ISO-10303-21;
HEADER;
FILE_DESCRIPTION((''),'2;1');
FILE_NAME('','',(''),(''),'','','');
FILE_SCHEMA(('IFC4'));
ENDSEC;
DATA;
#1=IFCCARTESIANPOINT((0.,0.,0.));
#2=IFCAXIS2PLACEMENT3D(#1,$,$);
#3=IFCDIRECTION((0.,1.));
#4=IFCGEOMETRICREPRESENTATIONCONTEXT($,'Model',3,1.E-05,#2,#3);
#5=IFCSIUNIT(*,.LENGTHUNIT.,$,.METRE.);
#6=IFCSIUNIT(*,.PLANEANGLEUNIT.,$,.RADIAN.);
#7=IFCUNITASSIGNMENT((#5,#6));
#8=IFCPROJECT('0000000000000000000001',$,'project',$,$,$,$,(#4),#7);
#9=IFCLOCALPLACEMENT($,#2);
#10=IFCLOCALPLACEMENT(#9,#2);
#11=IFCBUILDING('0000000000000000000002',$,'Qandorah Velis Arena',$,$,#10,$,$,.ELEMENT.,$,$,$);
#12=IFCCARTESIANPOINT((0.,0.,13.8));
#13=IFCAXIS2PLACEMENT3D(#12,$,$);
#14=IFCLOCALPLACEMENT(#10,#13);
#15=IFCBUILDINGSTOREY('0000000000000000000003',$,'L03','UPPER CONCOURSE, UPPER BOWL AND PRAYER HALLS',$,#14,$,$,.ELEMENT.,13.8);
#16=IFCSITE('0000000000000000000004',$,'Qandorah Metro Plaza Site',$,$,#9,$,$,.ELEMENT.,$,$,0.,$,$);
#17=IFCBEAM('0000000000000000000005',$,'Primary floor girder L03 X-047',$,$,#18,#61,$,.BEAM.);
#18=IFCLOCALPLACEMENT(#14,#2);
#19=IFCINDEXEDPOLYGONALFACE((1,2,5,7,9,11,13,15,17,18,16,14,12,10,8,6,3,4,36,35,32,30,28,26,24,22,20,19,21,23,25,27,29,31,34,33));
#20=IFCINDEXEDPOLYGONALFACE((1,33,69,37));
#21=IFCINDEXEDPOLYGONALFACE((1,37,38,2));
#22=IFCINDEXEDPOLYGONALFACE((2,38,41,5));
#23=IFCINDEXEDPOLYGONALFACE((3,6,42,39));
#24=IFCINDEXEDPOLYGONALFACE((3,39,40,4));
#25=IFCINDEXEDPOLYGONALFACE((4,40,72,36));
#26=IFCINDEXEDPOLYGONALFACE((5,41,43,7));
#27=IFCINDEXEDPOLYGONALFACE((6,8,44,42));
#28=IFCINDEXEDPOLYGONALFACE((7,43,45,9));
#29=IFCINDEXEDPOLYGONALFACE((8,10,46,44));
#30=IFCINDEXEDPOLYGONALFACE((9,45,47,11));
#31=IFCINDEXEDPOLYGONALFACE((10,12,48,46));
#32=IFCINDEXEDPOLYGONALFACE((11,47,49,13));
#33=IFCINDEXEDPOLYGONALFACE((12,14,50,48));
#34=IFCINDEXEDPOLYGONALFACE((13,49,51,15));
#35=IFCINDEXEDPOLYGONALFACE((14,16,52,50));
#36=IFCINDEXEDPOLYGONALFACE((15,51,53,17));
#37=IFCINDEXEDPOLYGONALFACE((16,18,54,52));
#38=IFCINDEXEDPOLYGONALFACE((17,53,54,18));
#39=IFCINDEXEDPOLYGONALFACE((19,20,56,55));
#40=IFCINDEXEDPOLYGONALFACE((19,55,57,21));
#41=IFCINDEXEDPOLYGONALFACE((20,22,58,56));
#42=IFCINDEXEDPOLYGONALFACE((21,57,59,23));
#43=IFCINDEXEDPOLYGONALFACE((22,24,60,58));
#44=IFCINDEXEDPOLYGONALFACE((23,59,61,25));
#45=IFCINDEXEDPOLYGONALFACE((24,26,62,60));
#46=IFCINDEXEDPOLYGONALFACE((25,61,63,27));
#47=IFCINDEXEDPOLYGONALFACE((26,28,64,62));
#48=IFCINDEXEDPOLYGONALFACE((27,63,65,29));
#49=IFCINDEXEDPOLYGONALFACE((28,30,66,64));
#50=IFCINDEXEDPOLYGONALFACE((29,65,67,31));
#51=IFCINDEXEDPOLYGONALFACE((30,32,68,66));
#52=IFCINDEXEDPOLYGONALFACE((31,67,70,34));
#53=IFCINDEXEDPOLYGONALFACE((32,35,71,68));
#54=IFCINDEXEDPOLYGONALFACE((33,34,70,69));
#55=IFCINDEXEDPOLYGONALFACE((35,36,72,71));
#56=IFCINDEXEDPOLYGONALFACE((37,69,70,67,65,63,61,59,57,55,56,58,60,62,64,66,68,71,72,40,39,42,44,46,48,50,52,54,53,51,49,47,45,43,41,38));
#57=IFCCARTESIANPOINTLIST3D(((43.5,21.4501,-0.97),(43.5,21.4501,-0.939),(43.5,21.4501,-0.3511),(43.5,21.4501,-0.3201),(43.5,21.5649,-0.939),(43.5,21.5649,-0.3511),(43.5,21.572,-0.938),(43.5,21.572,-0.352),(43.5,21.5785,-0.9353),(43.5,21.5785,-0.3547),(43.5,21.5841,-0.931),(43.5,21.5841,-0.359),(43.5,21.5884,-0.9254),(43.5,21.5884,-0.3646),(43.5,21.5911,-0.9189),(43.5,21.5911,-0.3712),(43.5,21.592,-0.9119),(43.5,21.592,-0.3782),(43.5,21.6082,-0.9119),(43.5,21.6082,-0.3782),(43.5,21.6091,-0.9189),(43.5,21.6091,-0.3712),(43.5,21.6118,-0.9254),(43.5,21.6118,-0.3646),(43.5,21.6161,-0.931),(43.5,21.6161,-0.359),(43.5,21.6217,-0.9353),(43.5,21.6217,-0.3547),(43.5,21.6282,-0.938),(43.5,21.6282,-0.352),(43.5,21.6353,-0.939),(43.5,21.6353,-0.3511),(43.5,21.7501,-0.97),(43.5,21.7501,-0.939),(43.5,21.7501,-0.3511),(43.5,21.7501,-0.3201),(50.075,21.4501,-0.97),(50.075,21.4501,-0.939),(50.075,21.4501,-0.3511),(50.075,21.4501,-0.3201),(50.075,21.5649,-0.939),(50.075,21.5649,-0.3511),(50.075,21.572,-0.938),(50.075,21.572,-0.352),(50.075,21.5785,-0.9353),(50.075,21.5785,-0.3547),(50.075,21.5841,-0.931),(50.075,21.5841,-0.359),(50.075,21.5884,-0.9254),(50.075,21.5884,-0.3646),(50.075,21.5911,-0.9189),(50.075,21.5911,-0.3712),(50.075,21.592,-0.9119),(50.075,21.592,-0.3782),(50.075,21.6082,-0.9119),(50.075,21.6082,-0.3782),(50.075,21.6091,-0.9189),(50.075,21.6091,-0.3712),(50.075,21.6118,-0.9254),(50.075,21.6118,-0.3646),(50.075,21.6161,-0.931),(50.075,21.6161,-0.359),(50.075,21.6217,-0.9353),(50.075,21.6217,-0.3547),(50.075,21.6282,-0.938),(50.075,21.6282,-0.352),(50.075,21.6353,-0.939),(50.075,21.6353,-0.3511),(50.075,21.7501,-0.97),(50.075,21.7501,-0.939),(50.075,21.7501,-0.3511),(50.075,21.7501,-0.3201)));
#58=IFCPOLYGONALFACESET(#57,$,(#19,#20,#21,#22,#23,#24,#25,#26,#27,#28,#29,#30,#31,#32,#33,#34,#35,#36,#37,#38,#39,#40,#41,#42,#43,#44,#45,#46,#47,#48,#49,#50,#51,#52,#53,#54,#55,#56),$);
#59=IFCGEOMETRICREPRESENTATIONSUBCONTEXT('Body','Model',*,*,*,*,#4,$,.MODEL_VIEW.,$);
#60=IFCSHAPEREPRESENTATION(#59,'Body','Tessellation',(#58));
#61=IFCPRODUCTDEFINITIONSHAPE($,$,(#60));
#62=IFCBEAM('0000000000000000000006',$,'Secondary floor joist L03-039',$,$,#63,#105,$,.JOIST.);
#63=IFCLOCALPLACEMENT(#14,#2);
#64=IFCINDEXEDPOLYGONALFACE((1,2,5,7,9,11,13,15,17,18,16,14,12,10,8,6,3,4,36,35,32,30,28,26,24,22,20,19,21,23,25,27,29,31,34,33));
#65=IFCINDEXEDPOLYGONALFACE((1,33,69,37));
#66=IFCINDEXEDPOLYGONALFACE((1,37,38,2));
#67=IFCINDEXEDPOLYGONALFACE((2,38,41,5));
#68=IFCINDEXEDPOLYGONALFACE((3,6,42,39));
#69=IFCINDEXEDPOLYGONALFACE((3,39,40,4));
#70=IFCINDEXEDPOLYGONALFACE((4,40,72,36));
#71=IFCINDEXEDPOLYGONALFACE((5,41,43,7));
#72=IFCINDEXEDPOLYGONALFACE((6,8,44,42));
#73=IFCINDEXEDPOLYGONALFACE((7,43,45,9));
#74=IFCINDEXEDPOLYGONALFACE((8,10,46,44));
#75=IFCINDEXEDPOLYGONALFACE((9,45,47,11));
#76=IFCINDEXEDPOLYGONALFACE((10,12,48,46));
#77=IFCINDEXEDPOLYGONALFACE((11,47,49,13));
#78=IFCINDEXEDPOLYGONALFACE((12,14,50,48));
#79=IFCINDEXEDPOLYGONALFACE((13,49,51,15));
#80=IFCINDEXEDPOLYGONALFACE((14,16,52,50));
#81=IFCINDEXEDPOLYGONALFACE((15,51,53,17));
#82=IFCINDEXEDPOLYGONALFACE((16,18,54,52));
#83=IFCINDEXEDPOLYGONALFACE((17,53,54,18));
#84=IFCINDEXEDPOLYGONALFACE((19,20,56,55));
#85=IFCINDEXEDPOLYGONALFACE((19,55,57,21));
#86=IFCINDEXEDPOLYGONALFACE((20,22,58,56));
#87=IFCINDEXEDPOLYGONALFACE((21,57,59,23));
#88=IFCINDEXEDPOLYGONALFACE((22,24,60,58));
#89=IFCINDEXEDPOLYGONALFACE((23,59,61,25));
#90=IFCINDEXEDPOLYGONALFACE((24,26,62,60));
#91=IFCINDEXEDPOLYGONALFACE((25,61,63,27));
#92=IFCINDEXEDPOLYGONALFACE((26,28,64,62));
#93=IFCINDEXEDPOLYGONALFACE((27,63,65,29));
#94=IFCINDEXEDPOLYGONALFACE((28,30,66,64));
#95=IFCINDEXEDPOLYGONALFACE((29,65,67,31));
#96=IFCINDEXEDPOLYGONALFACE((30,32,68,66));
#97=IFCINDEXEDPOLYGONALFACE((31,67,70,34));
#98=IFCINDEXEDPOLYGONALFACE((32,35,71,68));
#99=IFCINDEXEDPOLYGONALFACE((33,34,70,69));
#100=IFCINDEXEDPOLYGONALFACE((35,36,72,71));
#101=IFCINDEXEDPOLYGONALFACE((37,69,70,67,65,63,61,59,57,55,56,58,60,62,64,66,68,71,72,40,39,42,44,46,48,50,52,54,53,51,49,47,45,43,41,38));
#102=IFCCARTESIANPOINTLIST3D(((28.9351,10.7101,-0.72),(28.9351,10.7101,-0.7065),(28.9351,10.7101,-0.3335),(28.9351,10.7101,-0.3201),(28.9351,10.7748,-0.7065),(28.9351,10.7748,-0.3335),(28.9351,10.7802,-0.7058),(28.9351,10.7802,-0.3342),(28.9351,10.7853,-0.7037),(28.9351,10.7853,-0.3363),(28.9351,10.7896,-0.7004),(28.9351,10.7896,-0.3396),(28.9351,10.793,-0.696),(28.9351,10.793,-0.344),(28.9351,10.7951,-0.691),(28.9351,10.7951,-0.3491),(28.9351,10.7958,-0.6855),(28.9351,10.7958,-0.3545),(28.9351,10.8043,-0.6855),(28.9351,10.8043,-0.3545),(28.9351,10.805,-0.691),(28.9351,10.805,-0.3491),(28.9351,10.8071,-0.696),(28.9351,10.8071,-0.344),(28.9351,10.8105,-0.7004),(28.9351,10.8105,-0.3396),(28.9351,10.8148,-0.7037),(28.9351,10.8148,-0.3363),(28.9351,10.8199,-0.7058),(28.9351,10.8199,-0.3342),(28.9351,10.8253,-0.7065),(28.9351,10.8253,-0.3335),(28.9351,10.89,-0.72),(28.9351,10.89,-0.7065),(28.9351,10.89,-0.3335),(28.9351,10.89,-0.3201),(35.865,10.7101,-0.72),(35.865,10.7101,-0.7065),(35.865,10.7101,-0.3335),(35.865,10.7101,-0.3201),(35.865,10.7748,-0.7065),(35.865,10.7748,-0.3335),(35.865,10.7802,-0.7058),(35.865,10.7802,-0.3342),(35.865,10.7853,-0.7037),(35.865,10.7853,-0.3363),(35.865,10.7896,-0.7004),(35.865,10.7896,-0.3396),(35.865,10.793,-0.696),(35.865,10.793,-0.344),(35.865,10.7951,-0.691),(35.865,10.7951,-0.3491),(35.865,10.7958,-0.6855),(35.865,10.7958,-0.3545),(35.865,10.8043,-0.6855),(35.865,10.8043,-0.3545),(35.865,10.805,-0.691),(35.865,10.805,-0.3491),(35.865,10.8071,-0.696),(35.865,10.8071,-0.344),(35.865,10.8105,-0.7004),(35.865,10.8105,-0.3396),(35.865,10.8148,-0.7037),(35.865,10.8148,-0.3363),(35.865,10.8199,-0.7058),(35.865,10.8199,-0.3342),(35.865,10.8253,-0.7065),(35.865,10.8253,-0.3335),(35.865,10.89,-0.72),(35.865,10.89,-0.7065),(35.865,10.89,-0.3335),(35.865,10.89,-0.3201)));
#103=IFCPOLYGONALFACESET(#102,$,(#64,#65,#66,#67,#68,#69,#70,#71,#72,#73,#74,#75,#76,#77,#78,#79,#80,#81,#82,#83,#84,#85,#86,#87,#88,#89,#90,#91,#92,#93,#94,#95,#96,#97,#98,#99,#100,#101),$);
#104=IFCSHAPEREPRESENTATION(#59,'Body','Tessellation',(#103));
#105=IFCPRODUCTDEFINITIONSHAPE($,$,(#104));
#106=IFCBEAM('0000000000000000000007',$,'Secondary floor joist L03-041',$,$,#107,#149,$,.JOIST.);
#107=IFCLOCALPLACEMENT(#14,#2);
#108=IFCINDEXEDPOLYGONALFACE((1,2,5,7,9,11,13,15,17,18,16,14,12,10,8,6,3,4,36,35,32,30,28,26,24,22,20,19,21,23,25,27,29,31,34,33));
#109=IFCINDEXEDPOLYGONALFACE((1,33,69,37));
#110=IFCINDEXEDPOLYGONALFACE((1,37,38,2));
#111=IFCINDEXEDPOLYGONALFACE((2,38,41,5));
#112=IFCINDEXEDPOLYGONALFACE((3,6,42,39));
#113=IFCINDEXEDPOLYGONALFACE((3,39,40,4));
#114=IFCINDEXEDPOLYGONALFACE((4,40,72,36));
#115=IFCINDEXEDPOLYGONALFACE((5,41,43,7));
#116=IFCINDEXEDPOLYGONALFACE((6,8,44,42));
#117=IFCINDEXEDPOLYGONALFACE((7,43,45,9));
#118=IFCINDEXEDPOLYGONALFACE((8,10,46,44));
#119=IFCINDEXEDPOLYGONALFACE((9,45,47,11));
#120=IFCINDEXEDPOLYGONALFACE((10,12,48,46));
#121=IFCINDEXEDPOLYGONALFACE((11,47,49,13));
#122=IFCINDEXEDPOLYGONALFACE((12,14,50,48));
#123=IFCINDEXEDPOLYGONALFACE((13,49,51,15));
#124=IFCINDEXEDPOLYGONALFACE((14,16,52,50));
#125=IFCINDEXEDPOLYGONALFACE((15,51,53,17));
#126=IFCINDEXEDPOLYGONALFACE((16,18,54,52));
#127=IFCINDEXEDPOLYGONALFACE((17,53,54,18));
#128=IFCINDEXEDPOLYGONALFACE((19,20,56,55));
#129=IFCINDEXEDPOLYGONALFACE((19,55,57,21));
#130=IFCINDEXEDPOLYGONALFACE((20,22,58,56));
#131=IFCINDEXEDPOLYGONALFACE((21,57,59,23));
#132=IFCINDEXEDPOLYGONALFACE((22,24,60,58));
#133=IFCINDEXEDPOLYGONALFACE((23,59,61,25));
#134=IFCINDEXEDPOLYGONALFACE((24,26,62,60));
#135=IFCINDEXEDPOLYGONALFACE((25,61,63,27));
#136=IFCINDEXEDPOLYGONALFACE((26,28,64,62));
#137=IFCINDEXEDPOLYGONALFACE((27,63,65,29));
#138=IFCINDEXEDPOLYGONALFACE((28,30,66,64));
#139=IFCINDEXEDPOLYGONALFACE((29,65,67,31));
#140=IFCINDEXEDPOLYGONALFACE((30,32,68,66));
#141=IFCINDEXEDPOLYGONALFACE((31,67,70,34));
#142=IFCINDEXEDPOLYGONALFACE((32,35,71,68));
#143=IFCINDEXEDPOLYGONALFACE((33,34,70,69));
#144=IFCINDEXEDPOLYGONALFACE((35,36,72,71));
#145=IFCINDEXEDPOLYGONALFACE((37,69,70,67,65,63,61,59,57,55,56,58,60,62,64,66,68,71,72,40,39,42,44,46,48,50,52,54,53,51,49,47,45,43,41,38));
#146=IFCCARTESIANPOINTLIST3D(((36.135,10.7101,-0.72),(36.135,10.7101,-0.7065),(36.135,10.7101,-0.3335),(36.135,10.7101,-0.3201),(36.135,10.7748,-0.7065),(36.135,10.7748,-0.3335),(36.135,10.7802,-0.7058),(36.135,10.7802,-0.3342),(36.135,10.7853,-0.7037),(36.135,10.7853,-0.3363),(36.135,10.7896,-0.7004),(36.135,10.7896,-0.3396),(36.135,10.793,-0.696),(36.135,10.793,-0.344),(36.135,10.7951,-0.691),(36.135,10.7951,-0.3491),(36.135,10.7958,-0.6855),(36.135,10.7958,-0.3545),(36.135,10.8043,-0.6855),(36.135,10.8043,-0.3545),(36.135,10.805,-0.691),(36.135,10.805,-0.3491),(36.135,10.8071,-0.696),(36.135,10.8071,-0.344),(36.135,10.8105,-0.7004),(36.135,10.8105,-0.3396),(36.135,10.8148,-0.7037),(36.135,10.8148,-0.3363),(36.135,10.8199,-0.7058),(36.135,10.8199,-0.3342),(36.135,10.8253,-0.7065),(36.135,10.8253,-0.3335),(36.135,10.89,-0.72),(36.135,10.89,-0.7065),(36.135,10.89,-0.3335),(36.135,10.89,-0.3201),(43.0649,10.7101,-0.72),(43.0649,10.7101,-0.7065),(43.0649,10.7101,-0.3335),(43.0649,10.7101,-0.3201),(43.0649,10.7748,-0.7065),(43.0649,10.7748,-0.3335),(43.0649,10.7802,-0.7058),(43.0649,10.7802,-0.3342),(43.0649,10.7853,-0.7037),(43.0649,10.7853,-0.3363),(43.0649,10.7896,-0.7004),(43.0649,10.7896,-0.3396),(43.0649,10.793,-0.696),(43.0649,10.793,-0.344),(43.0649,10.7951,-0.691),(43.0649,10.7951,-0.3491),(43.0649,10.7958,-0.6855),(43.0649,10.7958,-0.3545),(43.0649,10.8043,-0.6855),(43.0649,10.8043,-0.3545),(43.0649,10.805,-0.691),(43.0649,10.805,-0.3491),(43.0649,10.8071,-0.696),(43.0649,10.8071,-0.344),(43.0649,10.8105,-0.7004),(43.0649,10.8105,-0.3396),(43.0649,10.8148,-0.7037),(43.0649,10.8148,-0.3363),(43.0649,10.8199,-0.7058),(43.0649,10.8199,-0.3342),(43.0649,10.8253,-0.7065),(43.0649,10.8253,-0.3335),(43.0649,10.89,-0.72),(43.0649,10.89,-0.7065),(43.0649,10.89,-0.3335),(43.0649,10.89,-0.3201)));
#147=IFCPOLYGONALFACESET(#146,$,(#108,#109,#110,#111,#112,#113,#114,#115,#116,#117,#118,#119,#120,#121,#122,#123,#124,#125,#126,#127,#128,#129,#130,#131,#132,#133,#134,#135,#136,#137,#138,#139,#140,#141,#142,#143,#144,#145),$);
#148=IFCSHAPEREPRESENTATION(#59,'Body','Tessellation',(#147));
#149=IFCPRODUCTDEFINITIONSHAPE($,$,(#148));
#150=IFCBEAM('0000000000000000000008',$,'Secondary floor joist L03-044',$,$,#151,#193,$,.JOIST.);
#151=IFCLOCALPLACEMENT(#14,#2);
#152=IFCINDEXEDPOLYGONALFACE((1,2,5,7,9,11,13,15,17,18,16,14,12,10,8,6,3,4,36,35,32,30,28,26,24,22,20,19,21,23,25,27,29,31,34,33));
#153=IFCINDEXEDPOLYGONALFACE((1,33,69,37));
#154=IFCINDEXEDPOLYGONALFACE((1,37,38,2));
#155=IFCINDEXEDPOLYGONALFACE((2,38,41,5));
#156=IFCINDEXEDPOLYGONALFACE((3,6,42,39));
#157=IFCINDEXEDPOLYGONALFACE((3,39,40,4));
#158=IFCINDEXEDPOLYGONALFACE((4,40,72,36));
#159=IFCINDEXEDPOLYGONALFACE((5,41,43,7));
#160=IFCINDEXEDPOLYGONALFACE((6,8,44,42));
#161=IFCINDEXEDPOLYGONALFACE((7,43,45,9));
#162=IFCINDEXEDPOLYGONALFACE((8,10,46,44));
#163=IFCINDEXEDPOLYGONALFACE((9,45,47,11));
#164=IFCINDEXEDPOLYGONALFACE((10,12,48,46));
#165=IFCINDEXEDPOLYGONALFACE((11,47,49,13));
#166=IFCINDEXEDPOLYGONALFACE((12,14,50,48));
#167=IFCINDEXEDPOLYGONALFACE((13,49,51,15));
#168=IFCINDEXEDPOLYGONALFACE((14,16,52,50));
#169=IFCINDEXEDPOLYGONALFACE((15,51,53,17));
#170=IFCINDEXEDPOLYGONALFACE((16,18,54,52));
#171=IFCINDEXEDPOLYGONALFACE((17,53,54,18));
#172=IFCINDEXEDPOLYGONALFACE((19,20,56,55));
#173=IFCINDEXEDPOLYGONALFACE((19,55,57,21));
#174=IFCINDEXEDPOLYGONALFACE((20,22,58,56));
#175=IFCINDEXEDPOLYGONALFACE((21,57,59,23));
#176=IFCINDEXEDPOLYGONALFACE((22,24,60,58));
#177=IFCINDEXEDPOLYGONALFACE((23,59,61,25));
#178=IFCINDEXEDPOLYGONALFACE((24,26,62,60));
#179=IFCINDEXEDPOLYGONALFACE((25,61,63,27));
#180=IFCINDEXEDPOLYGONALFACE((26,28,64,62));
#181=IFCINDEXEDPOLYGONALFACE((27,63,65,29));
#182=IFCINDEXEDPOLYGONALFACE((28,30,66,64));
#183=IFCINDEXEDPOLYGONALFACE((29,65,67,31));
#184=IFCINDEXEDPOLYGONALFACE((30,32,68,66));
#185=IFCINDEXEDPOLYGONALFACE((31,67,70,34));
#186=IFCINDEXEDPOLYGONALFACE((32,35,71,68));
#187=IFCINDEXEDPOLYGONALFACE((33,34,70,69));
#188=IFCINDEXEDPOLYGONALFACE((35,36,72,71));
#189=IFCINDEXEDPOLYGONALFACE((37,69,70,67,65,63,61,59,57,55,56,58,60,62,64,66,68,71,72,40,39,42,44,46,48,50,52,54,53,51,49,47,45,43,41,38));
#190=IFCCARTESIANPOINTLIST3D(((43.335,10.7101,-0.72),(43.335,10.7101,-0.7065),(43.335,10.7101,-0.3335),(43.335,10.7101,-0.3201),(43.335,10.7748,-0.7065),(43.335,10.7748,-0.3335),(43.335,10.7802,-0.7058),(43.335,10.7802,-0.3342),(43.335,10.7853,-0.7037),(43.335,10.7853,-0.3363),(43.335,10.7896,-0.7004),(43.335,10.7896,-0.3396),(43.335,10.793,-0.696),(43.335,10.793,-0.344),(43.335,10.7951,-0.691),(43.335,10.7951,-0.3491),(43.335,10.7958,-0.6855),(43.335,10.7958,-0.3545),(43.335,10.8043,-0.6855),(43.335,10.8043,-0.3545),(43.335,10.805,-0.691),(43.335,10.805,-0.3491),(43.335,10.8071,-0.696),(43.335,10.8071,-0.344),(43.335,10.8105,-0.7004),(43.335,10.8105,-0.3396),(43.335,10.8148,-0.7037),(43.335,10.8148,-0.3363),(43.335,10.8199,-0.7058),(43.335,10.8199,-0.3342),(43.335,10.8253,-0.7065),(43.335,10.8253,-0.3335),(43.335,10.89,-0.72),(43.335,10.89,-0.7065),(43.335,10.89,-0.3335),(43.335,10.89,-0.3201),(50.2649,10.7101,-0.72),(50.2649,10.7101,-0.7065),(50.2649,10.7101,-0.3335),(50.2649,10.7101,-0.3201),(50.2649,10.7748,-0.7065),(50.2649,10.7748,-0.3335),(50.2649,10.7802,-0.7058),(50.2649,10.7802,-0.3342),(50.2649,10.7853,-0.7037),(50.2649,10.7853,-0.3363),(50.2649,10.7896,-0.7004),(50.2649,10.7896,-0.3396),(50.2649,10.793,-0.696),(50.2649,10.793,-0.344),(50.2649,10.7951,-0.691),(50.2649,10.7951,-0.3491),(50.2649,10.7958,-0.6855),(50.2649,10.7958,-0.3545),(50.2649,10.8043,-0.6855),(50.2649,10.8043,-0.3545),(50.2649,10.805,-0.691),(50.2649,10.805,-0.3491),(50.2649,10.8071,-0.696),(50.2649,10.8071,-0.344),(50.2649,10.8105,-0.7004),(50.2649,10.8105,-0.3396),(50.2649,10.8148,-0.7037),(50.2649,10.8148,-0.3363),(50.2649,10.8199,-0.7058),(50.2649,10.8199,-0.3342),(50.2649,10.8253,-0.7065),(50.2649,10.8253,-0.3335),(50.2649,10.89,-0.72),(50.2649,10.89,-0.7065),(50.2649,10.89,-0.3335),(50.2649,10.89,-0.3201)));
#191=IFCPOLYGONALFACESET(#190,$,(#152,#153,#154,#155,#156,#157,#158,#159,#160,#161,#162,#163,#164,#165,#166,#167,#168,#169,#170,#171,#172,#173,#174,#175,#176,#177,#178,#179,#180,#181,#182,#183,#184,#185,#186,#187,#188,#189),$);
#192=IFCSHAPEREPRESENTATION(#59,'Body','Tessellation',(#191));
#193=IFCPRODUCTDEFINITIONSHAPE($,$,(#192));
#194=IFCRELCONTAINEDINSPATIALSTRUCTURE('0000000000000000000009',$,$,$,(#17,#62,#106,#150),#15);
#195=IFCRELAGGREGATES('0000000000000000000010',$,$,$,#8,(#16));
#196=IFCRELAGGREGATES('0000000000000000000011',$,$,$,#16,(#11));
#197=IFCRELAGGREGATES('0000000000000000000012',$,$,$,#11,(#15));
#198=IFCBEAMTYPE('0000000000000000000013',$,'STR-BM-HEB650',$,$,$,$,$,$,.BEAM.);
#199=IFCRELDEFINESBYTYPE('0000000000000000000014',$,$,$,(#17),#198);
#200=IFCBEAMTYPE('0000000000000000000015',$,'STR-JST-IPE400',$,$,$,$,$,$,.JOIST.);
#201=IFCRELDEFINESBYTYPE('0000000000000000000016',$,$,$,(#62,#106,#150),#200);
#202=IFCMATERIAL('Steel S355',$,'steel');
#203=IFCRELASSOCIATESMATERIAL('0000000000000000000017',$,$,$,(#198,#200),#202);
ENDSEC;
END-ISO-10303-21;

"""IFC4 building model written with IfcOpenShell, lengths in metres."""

from ifc_helpers import new_model, si_unit, direction, frame, origin, origin_2d, place, context, subcontext, project, spatial, i_section, extrude, material, material_profile, profile_set, type_object, element, save


model = new_model("IFC4")

# Units and contexts
model_context = context("Model", 3, precision=1e-05, world=origin(), true_north=direction((0.0, 1.0)))
body_context = subcontext(model_context, "Body", "Model", "MODEL_VIEW")
ifc_project = project(units=[si_unit("LENGTHUNIT", "METRE"), si_unit("PLANEANGLEUNIT", "RADIAN")], contexts=[model_context])

# Site, building, storey
site_placement = place(None, origin())
site = spatial("IfcSite", under=ifc_project, at=site_placement, Name="Qandorah Metro Plaza Site", CompositionType="ELEMENT", RefElevation=0.0)
building_placement = place(site_placement, origin())
building = spatial("IfcBuilding", under=site, at=building_placement, Name="Qandorah Velis Arena", CompositionType="ELEMENT")
storey_placement = place(building_placement, frame((0.0, 0.0, 13.8)))
storey = spatial("IfcBuildingStorey", under=building, at=storey_placement, Name="L03", Description="UPPER CONCOURSE, UPPER BOWL AND PRAYER HALLS", CompositionType="ELEMENT", Elevation=13.8)

# Beams
ifc_material_1 = material(Name="Steel S355", Category="steel")
ifc_material_profile_1 = material_profile(ifc_material_1, i_section(OverallWidth=0.3, OverallDepth=0.6499, WebThickness=0.0161, FlangeThickness=0.031, FilletRadius=0.0271, at=origin_2d()), Name="HEB 650")
ifc_profile_set_1 = profile_set([ifc_material_profile_1], Name="Steel S355")
beam_type_1 = type_object("IfcBeamType", Name="STR-BM-HEB650", PredefinedType="BEAM", material=ifc_profile_set_1)
beam_1_placement = place(storey_placement, frame((43.5, 21.6001, -0.645), z_axis=(1.0, 0.0, 0.0), x_axis=(0.0, 1.0, 0.0)))
element("IfcBeam", 1, at=beam_1_placement, inside=storey, type_object=beam_type_1, Name="Primary floor girder L03 X-047", PredefinedType="BEAM", context=body_context, shape_type="SweptSolid", body=[
    extrude(i_section(OverallWidth=0.3, OverallDepth=0.6499, WebThickness=0.0161, FlangeThickness=0.031, FilletRadius=0.0271, at=origin_2d()), origin(), (0.0, 0.0, 1.0), 6.575),
])
ifc_material_profile_2 = material_profile(ifc_material_1, i_section(OverallWidth=0.1799, OverallDepth=0.3999, WebThickness=0.0085, FlangeThickness=0.0134, FilletRadius=0.021, at=origin_2d()), Name="IPE 400")
ifc_profile_set_2 = profile_set([ifc_material_profile_2], Name="Steel S355")
beam_type_2 = type_object("IfcBeamType", Name="STR-JST-IPE400", PredefinedType="JOIST", material=ifc_profile_set_2)
for number, where, z_axis, x_axis, name in (
    (2, (28.9351, 10.8, -0.52), (1.0, 0.0, 0.0), (0.0, 1.0, 0.0), "Secondary floor joist L03-039"),
    (3, (36.135, 10.8, -0.52), (1.0, 0.0, 0.0), (0.0, 1.0, 0.0), "Secondary floor joist L03-041"),
    (4, (43.335, 10.8, -0.52), (1.0, 0.0, 0.0), (0.0, 1.0, 0.0), "Secondary floor joist L03-044"),
):
    element("IfcBeam", number, at=place(storey_placement, frame(where, z_axis=z_axis, x_axis=x_axis)), inside=storey, type_object=beam_type_2, Name=name, PredefinedType="JOIST", context=body_context, shape_type="SweptSolid", body=[
        extrude(i_section(OverallWidth=0.1799, OverallDepth=0.3999, WebThickness=0.0085, FlangeThickness=0.0134, FilletRadius=0.021, at=origin_2d()), origin(), (0.0, 0.0, 1.0), 6.9299),
    ])

save(model, "model.ifc")
